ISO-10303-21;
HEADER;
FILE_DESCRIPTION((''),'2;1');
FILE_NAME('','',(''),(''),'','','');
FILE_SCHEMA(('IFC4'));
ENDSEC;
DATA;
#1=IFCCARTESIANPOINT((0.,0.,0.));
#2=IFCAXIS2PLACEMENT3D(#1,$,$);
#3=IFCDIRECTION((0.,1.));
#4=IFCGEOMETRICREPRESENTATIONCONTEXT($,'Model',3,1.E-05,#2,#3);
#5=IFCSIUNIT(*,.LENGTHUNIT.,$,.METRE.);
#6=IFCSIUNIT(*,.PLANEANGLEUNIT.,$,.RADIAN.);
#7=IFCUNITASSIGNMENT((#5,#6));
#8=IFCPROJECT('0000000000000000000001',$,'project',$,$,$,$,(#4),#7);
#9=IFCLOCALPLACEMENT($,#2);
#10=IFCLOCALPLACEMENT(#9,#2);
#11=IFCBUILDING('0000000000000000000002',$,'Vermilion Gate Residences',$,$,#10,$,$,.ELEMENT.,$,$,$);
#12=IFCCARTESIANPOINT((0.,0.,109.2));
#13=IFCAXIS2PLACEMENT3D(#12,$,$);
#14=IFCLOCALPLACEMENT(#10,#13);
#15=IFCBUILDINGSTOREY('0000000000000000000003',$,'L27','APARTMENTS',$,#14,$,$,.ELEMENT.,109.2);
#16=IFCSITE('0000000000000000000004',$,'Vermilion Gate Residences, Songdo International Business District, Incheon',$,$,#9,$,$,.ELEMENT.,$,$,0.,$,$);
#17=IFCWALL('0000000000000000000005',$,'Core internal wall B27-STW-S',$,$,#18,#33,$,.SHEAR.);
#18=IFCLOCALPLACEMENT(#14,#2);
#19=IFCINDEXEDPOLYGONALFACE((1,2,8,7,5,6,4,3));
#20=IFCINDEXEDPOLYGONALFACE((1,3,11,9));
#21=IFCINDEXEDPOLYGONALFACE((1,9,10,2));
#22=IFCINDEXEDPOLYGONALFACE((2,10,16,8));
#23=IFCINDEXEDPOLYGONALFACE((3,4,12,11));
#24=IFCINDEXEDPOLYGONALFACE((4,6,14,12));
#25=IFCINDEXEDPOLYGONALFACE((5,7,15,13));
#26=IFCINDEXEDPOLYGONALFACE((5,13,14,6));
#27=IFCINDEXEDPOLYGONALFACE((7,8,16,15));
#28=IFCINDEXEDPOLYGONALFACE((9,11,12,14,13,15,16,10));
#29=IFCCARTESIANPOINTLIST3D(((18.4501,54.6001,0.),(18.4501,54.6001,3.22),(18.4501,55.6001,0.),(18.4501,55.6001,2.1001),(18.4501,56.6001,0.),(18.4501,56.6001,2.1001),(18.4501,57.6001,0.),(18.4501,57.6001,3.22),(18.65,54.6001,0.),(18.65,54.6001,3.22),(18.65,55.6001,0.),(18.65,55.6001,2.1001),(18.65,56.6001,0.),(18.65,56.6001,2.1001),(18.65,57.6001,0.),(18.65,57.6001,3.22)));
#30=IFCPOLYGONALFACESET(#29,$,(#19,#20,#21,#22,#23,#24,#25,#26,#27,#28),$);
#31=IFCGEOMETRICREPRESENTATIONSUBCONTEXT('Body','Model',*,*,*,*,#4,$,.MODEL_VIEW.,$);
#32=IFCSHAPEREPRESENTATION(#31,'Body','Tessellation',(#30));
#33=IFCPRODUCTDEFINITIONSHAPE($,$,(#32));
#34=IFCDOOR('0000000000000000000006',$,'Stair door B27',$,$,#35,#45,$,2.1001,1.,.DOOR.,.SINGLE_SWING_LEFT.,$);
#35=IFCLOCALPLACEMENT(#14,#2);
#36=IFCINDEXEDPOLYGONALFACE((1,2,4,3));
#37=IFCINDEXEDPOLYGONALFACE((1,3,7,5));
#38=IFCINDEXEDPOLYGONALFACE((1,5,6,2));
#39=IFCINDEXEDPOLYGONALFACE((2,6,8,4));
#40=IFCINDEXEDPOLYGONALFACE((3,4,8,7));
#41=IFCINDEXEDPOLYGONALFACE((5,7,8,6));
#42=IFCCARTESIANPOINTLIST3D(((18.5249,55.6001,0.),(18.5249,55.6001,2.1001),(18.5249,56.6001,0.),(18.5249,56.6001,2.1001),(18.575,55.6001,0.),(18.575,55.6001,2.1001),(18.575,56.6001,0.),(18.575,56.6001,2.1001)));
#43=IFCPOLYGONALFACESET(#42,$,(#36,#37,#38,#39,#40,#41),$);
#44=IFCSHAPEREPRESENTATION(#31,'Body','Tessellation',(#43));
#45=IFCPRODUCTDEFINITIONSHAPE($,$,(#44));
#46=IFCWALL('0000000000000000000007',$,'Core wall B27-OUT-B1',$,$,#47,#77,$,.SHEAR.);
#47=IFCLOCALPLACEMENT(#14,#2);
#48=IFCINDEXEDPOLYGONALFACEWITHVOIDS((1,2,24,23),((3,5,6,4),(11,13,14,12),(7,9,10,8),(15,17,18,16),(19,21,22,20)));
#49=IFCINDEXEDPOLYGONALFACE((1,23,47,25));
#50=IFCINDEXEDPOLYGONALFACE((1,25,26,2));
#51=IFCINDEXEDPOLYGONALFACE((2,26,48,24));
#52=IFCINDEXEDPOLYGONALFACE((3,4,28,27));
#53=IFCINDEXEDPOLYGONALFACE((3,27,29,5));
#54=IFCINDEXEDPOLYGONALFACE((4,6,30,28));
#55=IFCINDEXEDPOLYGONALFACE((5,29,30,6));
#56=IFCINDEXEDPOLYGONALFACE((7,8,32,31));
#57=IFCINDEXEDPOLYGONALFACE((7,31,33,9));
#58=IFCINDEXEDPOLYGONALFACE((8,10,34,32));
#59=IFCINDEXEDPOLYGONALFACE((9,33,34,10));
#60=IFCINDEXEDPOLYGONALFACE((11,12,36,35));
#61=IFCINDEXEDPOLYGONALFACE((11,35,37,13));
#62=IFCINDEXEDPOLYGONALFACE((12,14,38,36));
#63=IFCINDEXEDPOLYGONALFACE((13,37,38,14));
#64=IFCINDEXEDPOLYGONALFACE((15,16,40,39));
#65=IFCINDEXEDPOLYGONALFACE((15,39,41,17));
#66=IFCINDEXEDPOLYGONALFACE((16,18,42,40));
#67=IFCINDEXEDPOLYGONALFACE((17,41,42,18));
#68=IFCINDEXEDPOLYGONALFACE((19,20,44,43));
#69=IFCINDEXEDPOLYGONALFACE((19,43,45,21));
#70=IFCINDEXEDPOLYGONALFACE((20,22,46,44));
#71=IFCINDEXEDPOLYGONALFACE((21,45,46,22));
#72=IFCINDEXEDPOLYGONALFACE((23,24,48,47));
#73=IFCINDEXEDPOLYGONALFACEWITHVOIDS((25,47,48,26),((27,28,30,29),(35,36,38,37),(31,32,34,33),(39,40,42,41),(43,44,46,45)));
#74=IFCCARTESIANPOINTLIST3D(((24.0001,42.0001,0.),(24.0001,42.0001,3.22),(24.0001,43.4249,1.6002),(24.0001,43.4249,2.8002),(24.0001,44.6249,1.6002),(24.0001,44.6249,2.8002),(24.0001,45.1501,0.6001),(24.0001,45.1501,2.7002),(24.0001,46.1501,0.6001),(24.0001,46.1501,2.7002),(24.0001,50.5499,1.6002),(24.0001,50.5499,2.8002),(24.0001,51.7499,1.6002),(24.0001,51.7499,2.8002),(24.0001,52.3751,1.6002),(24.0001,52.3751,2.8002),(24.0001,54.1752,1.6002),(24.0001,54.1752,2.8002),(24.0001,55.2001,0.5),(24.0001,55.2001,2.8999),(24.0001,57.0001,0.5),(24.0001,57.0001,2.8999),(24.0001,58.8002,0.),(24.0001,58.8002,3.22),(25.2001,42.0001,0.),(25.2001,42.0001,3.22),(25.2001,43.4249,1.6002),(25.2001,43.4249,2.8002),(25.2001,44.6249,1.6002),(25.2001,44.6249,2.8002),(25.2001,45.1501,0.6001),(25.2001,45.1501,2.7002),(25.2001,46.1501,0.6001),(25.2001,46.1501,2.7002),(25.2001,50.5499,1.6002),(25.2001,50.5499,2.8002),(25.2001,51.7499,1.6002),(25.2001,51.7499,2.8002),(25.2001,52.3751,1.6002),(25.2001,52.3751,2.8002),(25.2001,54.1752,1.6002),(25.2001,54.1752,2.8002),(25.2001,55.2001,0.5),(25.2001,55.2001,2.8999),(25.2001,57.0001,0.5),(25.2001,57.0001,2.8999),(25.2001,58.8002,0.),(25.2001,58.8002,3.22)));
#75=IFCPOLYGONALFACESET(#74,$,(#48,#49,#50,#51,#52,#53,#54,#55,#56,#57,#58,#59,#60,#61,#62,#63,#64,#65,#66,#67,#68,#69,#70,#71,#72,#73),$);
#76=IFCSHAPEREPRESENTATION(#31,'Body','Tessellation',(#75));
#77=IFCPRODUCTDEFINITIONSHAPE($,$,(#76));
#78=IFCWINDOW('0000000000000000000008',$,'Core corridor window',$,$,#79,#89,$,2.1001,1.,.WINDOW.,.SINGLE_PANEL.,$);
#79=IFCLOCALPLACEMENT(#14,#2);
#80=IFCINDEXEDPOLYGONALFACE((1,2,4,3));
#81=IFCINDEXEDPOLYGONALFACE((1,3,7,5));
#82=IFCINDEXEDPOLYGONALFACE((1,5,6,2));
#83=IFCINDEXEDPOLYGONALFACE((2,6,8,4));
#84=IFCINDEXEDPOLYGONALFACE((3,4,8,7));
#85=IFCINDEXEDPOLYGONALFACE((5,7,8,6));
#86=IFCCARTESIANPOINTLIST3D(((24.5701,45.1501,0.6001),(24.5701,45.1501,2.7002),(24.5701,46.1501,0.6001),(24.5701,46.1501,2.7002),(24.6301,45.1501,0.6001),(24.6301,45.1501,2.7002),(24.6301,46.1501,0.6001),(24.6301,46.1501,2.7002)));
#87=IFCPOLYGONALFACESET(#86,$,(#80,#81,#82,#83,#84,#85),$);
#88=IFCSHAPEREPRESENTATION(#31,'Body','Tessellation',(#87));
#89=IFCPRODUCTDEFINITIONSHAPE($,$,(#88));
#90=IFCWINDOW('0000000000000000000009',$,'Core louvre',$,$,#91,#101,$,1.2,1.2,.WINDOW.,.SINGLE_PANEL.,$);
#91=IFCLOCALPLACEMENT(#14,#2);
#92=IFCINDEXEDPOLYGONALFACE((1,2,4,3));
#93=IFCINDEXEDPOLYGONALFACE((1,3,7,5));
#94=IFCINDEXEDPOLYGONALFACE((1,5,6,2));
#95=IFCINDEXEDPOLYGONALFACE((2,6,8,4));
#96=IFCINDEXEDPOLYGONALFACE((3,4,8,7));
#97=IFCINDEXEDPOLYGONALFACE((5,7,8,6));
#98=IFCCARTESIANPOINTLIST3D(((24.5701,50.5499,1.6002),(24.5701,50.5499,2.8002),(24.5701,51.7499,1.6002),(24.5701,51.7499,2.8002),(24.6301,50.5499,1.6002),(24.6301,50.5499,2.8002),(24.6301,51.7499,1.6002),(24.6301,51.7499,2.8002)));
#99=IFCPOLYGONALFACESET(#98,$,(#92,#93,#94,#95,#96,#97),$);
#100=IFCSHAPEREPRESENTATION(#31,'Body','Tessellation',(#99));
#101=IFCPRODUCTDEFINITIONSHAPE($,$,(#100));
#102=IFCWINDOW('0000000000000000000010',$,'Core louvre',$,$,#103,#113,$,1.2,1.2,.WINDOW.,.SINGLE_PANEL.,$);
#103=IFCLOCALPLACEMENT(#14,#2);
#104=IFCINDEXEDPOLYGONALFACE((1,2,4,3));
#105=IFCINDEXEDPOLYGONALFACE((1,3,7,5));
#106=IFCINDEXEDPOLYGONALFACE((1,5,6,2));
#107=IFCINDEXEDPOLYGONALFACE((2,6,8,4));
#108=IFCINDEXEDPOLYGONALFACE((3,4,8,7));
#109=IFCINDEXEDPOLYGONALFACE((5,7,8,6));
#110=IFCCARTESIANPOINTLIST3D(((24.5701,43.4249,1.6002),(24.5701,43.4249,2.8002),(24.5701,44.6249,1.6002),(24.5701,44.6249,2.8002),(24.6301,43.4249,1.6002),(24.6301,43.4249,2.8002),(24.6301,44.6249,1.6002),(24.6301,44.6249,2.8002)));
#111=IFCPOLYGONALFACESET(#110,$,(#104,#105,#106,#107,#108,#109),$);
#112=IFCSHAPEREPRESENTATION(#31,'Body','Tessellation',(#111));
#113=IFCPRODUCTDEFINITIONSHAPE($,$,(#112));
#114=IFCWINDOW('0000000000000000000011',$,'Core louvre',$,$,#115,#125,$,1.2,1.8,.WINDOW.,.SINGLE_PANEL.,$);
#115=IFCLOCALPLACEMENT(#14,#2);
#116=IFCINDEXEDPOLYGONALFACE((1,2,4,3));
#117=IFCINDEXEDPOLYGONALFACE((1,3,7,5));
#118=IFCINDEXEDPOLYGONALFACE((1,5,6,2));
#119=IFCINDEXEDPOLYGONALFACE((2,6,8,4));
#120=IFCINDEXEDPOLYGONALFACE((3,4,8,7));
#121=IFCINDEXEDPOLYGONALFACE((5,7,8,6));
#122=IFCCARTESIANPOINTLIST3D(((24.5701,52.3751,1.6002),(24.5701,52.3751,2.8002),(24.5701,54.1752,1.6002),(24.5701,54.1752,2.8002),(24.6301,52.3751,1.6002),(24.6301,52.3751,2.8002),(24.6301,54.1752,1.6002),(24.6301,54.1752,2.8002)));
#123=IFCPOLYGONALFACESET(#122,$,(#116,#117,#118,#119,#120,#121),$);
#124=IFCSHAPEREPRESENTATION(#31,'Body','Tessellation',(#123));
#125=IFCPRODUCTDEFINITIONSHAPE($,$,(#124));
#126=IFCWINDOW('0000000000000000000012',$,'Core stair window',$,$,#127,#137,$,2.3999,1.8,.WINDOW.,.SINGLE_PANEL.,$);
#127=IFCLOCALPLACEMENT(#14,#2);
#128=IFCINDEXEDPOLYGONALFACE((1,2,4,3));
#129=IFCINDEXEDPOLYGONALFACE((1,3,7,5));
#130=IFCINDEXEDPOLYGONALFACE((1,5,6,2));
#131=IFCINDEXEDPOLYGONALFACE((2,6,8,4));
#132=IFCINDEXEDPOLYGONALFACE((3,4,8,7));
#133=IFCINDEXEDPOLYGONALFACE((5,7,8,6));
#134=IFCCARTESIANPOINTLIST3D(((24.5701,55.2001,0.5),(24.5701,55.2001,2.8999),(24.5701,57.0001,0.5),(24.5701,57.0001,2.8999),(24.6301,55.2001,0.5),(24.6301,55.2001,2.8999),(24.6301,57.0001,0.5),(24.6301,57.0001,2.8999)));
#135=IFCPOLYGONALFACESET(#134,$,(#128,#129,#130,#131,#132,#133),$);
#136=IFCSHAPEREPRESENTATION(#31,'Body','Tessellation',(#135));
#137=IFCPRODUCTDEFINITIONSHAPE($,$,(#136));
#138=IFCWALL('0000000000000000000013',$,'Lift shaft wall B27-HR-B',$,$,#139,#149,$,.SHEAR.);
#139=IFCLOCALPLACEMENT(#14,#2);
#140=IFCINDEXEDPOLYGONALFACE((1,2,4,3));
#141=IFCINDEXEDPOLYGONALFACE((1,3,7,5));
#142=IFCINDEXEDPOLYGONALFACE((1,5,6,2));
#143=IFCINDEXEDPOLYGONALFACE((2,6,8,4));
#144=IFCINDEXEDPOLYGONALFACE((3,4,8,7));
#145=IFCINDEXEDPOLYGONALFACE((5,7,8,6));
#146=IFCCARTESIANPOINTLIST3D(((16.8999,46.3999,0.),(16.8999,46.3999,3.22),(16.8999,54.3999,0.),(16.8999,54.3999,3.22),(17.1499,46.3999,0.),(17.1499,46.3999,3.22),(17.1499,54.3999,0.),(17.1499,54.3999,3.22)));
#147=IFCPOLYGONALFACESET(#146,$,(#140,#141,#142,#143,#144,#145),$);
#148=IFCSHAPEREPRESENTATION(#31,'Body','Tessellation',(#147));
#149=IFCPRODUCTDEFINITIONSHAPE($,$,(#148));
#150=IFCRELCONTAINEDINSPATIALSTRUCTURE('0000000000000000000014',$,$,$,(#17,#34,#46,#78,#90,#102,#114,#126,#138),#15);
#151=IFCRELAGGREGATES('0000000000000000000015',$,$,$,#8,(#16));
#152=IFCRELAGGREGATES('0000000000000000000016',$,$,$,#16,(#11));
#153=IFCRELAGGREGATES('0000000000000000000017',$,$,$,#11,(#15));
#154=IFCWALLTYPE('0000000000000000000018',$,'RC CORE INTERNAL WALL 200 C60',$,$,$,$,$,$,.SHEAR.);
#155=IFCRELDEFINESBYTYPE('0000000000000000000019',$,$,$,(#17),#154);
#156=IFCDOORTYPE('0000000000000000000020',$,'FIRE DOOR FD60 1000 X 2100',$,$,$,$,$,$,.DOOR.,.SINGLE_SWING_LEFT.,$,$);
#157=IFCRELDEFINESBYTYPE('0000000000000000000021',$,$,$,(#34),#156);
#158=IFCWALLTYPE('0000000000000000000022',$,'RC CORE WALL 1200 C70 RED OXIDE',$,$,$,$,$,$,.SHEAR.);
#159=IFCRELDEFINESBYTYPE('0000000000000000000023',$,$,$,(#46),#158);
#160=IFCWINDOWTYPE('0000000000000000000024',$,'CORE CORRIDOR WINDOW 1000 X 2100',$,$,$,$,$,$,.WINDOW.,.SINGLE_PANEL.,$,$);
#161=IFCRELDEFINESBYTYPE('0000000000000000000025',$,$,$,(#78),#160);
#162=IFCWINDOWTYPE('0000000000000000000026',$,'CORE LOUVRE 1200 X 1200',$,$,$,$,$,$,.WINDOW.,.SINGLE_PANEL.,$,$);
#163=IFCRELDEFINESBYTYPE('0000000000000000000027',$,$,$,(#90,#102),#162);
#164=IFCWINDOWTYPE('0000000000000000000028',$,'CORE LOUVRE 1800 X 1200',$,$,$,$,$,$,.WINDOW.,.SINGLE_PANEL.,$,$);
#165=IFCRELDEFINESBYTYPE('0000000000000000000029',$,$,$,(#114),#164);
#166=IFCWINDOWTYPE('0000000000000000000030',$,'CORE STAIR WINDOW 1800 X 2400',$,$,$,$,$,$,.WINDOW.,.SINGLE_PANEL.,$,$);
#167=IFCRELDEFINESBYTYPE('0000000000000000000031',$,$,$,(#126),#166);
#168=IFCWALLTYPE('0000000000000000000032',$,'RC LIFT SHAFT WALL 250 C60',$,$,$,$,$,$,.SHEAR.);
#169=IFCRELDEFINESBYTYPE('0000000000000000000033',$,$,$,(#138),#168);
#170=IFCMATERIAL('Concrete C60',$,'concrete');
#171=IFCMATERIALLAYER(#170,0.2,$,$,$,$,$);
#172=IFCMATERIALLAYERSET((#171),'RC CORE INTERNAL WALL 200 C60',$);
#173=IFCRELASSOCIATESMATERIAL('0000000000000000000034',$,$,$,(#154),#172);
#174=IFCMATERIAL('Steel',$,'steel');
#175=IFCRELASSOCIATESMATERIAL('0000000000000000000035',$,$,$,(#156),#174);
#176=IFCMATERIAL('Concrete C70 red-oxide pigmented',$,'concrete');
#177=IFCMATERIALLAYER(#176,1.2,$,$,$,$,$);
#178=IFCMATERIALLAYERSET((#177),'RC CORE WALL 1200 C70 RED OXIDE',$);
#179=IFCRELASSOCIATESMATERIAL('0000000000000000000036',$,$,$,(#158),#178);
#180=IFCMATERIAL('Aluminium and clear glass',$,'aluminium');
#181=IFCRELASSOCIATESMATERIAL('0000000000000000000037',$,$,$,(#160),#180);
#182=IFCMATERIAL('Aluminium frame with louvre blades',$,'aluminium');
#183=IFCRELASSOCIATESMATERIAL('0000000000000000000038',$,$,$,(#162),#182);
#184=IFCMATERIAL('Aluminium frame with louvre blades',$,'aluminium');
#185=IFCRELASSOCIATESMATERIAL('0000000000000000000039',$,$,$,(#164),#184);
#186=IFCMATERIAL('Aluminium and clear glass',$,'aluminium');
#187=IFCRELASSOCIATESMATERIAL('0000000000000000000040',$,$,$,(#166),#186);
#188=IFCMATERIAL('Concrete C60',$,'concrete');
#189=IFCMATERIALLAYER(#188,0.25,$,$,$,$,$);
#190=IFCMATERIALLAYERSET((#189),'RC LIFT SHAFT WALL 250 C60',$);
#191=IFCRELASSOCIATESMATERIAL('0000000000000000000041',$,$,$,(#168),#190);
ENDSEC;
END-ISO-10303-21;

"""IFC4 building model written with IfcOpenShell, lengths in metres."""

from ifc_helpers import new_model, si_unit, direction, frame, frame_2d, origin, place, context, subcontext, project, spatial, rectangle, extrude, material, layer, layer_set, type_object, element, fill, save


model = new_model("IFC4")

# Units and contexts
model_context = context("Model", 3, precision=1e-05, world=origin(), true_north=direction((0.0, 1.0)))
body_context = subcontext(model_context, "Body", "Model", "MODEL_VIEW")
ifc_project = project(units=[si_unit("LENGTHUNIT", "METRE"), si_unit("PLANEANGLEUNIT", "RADIAN")], contexts=[model_context])

# Site, building, storey
site_placement = place(None, origin())
site = spatial("IfcSite", under=ifc_project, at=site_placement, Name="Vermilion Gate Residences, Songdo International Business District, Incheon", CompositionType="ELEMENT", RefElevation=0.0)
building_placement = place(site_placement, origin())
building = spatial("IfcBuilding", under=site, at=building_placement, Name="Vermilion Gate Residences", CompositionType="ELEMENT")
storey_placement = place(building_placement, frame((0.0, 0.0, 109.2)))
storey = spatial("IfcBuildingStorey", under=building, at=storey_placement, Name="L27", Description="APARTMENTS", CompositionType="ELEMENT", Elevation=109.2)

# Shared definitions
ifc_material_1 = material(Name="Concrete C60", Category="concrete")
ifc_layer_1 = layer(ifc_material_1, 0.2)
ifc_layer_set_1 = layer_set([ifc_layer_1], Name="RC CORE INTERNAL WALL 200 C60")
wall_type_1 = type_object("IfcWallType", Name="RC CORE INTERNAL WALL 200 C60", PredefinedType="SHEAR", material=ifc_layer_set_1)

# Wall, opening, door
wall_1_placement = place(storey_placement, frame((18.55, 57.6001, 0.0), z_axis=(0.0, 0.0, 1.0), x_axis=(0.0, -1.0, 0.0)))
wall_1 = element("IfcWall", 1, at=wall_1_placement, inside=storey, type_object=wall_type_1, Name="Core internal wall B27-STW-S", PredefinedType="SHEAR", context=body_context, shape_type="SweptSolid", body=[
    extrude(rectangle(XDim=3.0, YDim=0.2, at=frame_2d((1.5, 0.0))), origin(), (0.0, 0.0, 1.0), 3.22),
])
opening_1_placement = place(wall_1_placement, frame((1.0, 0.0, 0.0)))
opening_1 = element("IfcOpeningElement", 2, at=opening_1_placement, cuts=wall_1, PredefinedType="OPENING", context=body_context, shape_type="SweptSolid", body=[
    extrude(rectangle(XDim=1.0, YDim=2.1001, at=frame_2d((0.5, 1.05))), frame((0.0, 0.1099, 0.0), z_axis=(0.0, -1.0, 0.0), x_axis=(1.0, 0.0, 0.0)), (0.0, 0.0, 1.0), 0.22),
])
ifc_material_2 = material(Name="Steel", Category="steel")
door_type_1 = type_object("IfcDoorType", Name="FIRE DOOR FD60 1000 X 2100", OperationType="SINGLE_SWING_LEFT", PredefinedType="DOOR", material=ifc_material_2)
door_1_placement = place(opening_1_placement, origin())
door_1 = element("IfcDoor", 3, at=door_1_placement, inside=storey, type_object=door_type_1, Name="Stair door B27", OperationType="SINGLE_SWING_LEFT", OverallHeight=2.1001, OverallWidth=1.0, PredefinedType="DOOR", context=body_context, shape_type="SweptSolid", body=[
    extrude(rectangle(XDim=1.0, YDim=2.1001, at=frame_2d((0.5, 1.05))), frame((0.0, 0.0249, 0.0), z_axis=(0.0, -1.0, 0.0), x_axis=(1.0, 0.0, 0.0)), (0.0, 0.0, 1.0), 0.05),
])
fill(opening_1, door_1)

# Wall, openings, windows
ifc_material_3 = material(Name="Concrete C70 red-oxide pigmented", Category="concrete")
ifc_layer_2 = layer(ifc_material_3, 1.2)
ifc_layer_set_2 = layer_set([ifc_layer_2], Name="RC CORE WALL 1200 C70 RED OXIDE")
wall_type_2 = type_object("IfcWallType", Name="RC CORE WALL 1200 C70 RED OXIDE", PredefinedType="SHEAR", material=ifc_layer_set_2)
wall_2_placement = place(storey_placement, frame((24.6001, 58.8, 0.0), z_axis=(0.0, 0.0, 1.0), x_axis=(0.0, -1.0, 0.0)))
wall_2 = element("IfcWall", 4, at=wall_2_placement, inside=storey, type_object=wall_type_2, Name="Core wall B27-OUT-B1", PredefinedType="SHEAR", context=body_context, shape_type="SweptSolid", body=[
    extrude(rectangle(XDim=16.8, YDim=1.2, at=frame_2d((8.3999, 0.0))), origin(), (0.0, 0.0, 1.0), 3.22),
])
opening_2_placement = place(wall_2_placement, frame((1.8, 0.0, 0.5)))
opening_2 = element("IfcOpeningElement", 5, at=opening_2_placement, cuts=wall_2, PredefinedType="OPENING", context=body_context, shape_type="SweptSolid", body=[
    extrude(rectangle(XDim=1.8, YDim=2.3999, at=frame_2d((0.8999, 1.2))), frame((0.0, 0.6099, 0.0), z_axis=(0.0, -1.0, 0.0), x_axis=(1.0, 0.0, 0.0)), (0.0, 0.0, 1.0), 1.22),
])
opening_3_placement = place(wall_2_placement, frame((4.625, 0.0, 1.6001)))
opening_3 = element("IfcOpeningElement", 6, at=opening_3_placement, cuts=wall_2, PredefinedType="OPENING", context=body_context, shape_type="SweptSolid", body=[
    extrude(rectangle(XDim=1.8, YDim=1.2, at=frame_2d((0.8999, 0.6001))), frame((0.0, 0.6099, 0.0), z_axis=(0.0, -1.0, 0.0), x_axis=(1.0, 0.0, 0.0)), (0.0, 0.0, 1.0), 1.22),
])
opening_4_placement = place(wall_2_placement, frame((7.05, 0.0, 1.6001)))
opening_4 = element("IfcOpeningElement", 7, at=opening_4_placement, cuts=wall_2, PredefinedType="OPENING", context=body_context, shape_type="SweptSolid", body=[
    extrude(rectangle(XDim=1.2, YDim=1.2, at=frame_2d((0.6001, 0.6001))), frame((0.0, 0.6099, 0.0), z_axis=(0.0, -1.0, 0.0), x_axis=(1.0, 0.0, 0.0)), (0.0, 0.0, 1.0), 1.22),
])
opening_5_placement = place(wall_2_placement, frame((12.6499, 0.0, 0.6001)))
opening_5 = element("IfcOpeningElement", 8, at=opening_5_placement, cuts=wall_2, PredefinedType="OPENING", context=body_context, shape_type="SweptSolid", body=[
    extrude(rectangle(XDim=1.0, YDim=2.1001, at=frame_2d((0.5, 1.05))), frame((0.0, 0.6099, 0.0), z_axis=(0.0, -1.0, 0.0), x_axis=(1.0, 0.0, 0.0)), (0.0, 0.0, 1.0), 1.22),
])
opening_6_placement = place(wall_2_placement, frame((14.175, 0.0, 1.6001)))
opening_6 = element("IfcOpeningElement", 9, at=opening_6_placement, cuts=wall_2, PredefinedType="OPENING", context=body_context, shape_type="SweptSolid", body=[
    extrude(rectangle(XDim=1.2, YDim=1.2, at=frame_2d((0.6001, 0.6001))), frame((0.0, 0.6099, 0.0), z_axis=(0.0, -1.0, 0.0), x_axis=(1.0, 0.0, 0.0)), (0.0, 0.0, 1.0), 1.22),
])
ifc_material_4 = material(Name="Aluminium and clear glass", Category="aluminium")
window_type_1 = type_object("IfcWindowType", Name="CORE CORRIDOR WINDOW 1000 X 2100", PartitioningType="SINGLE_PANEL", PredefinedType="WINDOW", material=ifc_material_4)
window_1_placement = place(opening_5_placement, origin())
window_1 = element("IfcWindow", 10, at=window_1_placement, inside=storey, type_object=window_type_1, Name="Core corridor window", OverallHeight=2.1001, OverallWidth=1.0, PartitioningType="SINGLE_PANEL", PredefinedType="WINDOW", context=body_context, shape_type="SweptSolid", body=[
    extrude(rectangle(XDim=1.0, YDim=2.1001, at=frame_2d((0.5, 1.05))), frame((0.0, 0.03, 0.0), z_axis=(0.0, -1.0, 0.0), x_axis=(1.0, 0.0, 0.0)), (0.0, 0.0, 1.0), 0.0601),
])
fill(opening_5, window_1)
ifc_material_5 = material(Name="Aluminium frame with louvre blades", Category="aluminium")
window_type_2 = type_object("IfcWindowType", Name="CORE LOUVRE 1200 X 1200", PartitioningType="SINGLE_PANEL", PredefinedType="WINDOW", material=ifc_material_5)
window_2_placement = place(opening_4_placement, origin())
window_2 = element("IfcWindow", 11, at=window_2_placement, inside=storey, type_object=window_type_2, Name="Core louvre", OverallHeight=1.2, OverallWidth=1.2, PartitioningType="SINGLE_PANEL", PredefinedType="WINDOW", context=body_context, shape_type="SweptSolid", body=[
    extrude(rectangle(XDim=1.2, YDim=1.2, at=frame_2d((0.6001, 0.6001))), frame((0.0, 0.03, 0.0), z_axis=(0.0, -1.0, 0.0), x_axis=(1.0, 0.0, 0.0)), (0.0, 0.0, 1.0), 0.0601),
])
fill(opening_4, window_2)
window_3_placement = place(opening_6_placement, origin())
window_3 = element("IfcWindow", 12, at=window_3_placement, inside=storey, type_object=window_type_2, Name="Core louvre", OverallHeight=1.2, OverallWidth=1.2, PartitioningType="SINGLE_PANEL", PredefinedType="WINDOW", context=body_context, shape_type="SweptSolid", body=[
    extrude(rectangle(XDim=1.2, YDim=1.2, at=frame_2d((0.6001, 0.6001))), frame((0.0, 0.03, 0.0), z_axis=(0.0, -1.0, 0.0), x_axis=(1.0, 0.0, 0.0)), (0.0, 0.0, 1.0), 0.0601),
])
fill(opening_6, window_3)
ifc_material_6 = material(Name="Aluminium frame with louvre blades", Category="aluminium")
window_type_3 = type_object("IfcWindowType", Name="CORE LOUVRE 1800 X 1200", PartitioningType="SINGLE_PANEL", PredefinedType="WINDOW", material=ifc_material_6)
window_4_placement = place(opening_3_placement, origin())
window_4 = element("IfcWindow", 13, at=window_4_placement, inside=storey, type_object=window_type_3, Name="Core louvre", OverallHeight=1.2, OverallWidth=1.8, PartitioningType="SINGLE_PANEL", PredefinedType="WINDOW", context=body_context, shape_type="SweptSolid", body=[
    extrude(rectangle(XDim=1.8, YDim=1.2, at=frame_2d((0.8999, 0.6001))), frame((0.0, 0.03, 0.0), z_axis=(0.0, -1.0, 0.0), x_axis=(1.0, 0.0, 0.0)), (0.0, 0.0, 1.0), 0.0601),
])
fill(opening_3, window_4)
ifc_material_7 = material(Name="Aluminium and clear glass", Category="aluminium")
window_type_4 = type_object("IfcWindowType", Name="CORE STAIR WINDOW 1800 X 2400", PartitioningType="SINGLE_PANEL", PredefinedType="WINDOW", material=ifc_material_7)
window_5_placement = place(opening_2_placement, origin())
window_5 = element("IfcWindow", 14, at=window_5_placement, inside=storey, type_object=window_type_4, Name="Core stair window", OverallHeight=2.3999, OverallWidth=1.8, PartitioningType="SINGLE_PANEL", PredefinedType="WINDOW", context=body_context, shape_type="SweptSolid", body=[
    extrude(rectangle(XDim=1.8, YDim=2.3999, at=frame_2d((0.8999, 1.2))), frame((0.0, 0.03, 0.0), z_axis=(0.0, -1.0, 0.0), x_axis=(1.0, 0.0, 0.0)), (0.0, 0.0, 1.0), 0.0601),
])
fill(opening_2, window_5)

# Wall
ifc_material_8 = material(Name="Concrete C60", Category="concrete")
ifc_layer_3 = layer(ifc_material_8, 0.25)
ifc_layer_set_3 = layer_set([ifc_layer_3], Name="RC LIFT SHAFT WALL 250 C60")
wall_type_3 = type_object("IfcWallType", Name="RC LIFT SHAFT WALL 250 C60", PredefinedType="SHEAR", material=ifc_layer_set_3)
wall_3_placement = place(storey_placement, frame((17.0249, 54.3999, 0.0), z_axis=(0.0, 0.0, 1.0), x_axis=(0.0, -1.0, 0.0)))
element("IfcWall", 15, at=wall_3_placement, inside=storey, type_object=wall_type_3, Name="Lift shaft wall B27-HR-B", PredefinedType="SHEAR", context=body_context, shape_type="SweptSolid", body=[
    extrude(rectangle(XDim=8.0, YDim=0.25, at=frame_2d((4.0, 0.0))), origin(), (0.0, 0.0, 1.0), 3.22),
])

save(model, "model.ifc")
